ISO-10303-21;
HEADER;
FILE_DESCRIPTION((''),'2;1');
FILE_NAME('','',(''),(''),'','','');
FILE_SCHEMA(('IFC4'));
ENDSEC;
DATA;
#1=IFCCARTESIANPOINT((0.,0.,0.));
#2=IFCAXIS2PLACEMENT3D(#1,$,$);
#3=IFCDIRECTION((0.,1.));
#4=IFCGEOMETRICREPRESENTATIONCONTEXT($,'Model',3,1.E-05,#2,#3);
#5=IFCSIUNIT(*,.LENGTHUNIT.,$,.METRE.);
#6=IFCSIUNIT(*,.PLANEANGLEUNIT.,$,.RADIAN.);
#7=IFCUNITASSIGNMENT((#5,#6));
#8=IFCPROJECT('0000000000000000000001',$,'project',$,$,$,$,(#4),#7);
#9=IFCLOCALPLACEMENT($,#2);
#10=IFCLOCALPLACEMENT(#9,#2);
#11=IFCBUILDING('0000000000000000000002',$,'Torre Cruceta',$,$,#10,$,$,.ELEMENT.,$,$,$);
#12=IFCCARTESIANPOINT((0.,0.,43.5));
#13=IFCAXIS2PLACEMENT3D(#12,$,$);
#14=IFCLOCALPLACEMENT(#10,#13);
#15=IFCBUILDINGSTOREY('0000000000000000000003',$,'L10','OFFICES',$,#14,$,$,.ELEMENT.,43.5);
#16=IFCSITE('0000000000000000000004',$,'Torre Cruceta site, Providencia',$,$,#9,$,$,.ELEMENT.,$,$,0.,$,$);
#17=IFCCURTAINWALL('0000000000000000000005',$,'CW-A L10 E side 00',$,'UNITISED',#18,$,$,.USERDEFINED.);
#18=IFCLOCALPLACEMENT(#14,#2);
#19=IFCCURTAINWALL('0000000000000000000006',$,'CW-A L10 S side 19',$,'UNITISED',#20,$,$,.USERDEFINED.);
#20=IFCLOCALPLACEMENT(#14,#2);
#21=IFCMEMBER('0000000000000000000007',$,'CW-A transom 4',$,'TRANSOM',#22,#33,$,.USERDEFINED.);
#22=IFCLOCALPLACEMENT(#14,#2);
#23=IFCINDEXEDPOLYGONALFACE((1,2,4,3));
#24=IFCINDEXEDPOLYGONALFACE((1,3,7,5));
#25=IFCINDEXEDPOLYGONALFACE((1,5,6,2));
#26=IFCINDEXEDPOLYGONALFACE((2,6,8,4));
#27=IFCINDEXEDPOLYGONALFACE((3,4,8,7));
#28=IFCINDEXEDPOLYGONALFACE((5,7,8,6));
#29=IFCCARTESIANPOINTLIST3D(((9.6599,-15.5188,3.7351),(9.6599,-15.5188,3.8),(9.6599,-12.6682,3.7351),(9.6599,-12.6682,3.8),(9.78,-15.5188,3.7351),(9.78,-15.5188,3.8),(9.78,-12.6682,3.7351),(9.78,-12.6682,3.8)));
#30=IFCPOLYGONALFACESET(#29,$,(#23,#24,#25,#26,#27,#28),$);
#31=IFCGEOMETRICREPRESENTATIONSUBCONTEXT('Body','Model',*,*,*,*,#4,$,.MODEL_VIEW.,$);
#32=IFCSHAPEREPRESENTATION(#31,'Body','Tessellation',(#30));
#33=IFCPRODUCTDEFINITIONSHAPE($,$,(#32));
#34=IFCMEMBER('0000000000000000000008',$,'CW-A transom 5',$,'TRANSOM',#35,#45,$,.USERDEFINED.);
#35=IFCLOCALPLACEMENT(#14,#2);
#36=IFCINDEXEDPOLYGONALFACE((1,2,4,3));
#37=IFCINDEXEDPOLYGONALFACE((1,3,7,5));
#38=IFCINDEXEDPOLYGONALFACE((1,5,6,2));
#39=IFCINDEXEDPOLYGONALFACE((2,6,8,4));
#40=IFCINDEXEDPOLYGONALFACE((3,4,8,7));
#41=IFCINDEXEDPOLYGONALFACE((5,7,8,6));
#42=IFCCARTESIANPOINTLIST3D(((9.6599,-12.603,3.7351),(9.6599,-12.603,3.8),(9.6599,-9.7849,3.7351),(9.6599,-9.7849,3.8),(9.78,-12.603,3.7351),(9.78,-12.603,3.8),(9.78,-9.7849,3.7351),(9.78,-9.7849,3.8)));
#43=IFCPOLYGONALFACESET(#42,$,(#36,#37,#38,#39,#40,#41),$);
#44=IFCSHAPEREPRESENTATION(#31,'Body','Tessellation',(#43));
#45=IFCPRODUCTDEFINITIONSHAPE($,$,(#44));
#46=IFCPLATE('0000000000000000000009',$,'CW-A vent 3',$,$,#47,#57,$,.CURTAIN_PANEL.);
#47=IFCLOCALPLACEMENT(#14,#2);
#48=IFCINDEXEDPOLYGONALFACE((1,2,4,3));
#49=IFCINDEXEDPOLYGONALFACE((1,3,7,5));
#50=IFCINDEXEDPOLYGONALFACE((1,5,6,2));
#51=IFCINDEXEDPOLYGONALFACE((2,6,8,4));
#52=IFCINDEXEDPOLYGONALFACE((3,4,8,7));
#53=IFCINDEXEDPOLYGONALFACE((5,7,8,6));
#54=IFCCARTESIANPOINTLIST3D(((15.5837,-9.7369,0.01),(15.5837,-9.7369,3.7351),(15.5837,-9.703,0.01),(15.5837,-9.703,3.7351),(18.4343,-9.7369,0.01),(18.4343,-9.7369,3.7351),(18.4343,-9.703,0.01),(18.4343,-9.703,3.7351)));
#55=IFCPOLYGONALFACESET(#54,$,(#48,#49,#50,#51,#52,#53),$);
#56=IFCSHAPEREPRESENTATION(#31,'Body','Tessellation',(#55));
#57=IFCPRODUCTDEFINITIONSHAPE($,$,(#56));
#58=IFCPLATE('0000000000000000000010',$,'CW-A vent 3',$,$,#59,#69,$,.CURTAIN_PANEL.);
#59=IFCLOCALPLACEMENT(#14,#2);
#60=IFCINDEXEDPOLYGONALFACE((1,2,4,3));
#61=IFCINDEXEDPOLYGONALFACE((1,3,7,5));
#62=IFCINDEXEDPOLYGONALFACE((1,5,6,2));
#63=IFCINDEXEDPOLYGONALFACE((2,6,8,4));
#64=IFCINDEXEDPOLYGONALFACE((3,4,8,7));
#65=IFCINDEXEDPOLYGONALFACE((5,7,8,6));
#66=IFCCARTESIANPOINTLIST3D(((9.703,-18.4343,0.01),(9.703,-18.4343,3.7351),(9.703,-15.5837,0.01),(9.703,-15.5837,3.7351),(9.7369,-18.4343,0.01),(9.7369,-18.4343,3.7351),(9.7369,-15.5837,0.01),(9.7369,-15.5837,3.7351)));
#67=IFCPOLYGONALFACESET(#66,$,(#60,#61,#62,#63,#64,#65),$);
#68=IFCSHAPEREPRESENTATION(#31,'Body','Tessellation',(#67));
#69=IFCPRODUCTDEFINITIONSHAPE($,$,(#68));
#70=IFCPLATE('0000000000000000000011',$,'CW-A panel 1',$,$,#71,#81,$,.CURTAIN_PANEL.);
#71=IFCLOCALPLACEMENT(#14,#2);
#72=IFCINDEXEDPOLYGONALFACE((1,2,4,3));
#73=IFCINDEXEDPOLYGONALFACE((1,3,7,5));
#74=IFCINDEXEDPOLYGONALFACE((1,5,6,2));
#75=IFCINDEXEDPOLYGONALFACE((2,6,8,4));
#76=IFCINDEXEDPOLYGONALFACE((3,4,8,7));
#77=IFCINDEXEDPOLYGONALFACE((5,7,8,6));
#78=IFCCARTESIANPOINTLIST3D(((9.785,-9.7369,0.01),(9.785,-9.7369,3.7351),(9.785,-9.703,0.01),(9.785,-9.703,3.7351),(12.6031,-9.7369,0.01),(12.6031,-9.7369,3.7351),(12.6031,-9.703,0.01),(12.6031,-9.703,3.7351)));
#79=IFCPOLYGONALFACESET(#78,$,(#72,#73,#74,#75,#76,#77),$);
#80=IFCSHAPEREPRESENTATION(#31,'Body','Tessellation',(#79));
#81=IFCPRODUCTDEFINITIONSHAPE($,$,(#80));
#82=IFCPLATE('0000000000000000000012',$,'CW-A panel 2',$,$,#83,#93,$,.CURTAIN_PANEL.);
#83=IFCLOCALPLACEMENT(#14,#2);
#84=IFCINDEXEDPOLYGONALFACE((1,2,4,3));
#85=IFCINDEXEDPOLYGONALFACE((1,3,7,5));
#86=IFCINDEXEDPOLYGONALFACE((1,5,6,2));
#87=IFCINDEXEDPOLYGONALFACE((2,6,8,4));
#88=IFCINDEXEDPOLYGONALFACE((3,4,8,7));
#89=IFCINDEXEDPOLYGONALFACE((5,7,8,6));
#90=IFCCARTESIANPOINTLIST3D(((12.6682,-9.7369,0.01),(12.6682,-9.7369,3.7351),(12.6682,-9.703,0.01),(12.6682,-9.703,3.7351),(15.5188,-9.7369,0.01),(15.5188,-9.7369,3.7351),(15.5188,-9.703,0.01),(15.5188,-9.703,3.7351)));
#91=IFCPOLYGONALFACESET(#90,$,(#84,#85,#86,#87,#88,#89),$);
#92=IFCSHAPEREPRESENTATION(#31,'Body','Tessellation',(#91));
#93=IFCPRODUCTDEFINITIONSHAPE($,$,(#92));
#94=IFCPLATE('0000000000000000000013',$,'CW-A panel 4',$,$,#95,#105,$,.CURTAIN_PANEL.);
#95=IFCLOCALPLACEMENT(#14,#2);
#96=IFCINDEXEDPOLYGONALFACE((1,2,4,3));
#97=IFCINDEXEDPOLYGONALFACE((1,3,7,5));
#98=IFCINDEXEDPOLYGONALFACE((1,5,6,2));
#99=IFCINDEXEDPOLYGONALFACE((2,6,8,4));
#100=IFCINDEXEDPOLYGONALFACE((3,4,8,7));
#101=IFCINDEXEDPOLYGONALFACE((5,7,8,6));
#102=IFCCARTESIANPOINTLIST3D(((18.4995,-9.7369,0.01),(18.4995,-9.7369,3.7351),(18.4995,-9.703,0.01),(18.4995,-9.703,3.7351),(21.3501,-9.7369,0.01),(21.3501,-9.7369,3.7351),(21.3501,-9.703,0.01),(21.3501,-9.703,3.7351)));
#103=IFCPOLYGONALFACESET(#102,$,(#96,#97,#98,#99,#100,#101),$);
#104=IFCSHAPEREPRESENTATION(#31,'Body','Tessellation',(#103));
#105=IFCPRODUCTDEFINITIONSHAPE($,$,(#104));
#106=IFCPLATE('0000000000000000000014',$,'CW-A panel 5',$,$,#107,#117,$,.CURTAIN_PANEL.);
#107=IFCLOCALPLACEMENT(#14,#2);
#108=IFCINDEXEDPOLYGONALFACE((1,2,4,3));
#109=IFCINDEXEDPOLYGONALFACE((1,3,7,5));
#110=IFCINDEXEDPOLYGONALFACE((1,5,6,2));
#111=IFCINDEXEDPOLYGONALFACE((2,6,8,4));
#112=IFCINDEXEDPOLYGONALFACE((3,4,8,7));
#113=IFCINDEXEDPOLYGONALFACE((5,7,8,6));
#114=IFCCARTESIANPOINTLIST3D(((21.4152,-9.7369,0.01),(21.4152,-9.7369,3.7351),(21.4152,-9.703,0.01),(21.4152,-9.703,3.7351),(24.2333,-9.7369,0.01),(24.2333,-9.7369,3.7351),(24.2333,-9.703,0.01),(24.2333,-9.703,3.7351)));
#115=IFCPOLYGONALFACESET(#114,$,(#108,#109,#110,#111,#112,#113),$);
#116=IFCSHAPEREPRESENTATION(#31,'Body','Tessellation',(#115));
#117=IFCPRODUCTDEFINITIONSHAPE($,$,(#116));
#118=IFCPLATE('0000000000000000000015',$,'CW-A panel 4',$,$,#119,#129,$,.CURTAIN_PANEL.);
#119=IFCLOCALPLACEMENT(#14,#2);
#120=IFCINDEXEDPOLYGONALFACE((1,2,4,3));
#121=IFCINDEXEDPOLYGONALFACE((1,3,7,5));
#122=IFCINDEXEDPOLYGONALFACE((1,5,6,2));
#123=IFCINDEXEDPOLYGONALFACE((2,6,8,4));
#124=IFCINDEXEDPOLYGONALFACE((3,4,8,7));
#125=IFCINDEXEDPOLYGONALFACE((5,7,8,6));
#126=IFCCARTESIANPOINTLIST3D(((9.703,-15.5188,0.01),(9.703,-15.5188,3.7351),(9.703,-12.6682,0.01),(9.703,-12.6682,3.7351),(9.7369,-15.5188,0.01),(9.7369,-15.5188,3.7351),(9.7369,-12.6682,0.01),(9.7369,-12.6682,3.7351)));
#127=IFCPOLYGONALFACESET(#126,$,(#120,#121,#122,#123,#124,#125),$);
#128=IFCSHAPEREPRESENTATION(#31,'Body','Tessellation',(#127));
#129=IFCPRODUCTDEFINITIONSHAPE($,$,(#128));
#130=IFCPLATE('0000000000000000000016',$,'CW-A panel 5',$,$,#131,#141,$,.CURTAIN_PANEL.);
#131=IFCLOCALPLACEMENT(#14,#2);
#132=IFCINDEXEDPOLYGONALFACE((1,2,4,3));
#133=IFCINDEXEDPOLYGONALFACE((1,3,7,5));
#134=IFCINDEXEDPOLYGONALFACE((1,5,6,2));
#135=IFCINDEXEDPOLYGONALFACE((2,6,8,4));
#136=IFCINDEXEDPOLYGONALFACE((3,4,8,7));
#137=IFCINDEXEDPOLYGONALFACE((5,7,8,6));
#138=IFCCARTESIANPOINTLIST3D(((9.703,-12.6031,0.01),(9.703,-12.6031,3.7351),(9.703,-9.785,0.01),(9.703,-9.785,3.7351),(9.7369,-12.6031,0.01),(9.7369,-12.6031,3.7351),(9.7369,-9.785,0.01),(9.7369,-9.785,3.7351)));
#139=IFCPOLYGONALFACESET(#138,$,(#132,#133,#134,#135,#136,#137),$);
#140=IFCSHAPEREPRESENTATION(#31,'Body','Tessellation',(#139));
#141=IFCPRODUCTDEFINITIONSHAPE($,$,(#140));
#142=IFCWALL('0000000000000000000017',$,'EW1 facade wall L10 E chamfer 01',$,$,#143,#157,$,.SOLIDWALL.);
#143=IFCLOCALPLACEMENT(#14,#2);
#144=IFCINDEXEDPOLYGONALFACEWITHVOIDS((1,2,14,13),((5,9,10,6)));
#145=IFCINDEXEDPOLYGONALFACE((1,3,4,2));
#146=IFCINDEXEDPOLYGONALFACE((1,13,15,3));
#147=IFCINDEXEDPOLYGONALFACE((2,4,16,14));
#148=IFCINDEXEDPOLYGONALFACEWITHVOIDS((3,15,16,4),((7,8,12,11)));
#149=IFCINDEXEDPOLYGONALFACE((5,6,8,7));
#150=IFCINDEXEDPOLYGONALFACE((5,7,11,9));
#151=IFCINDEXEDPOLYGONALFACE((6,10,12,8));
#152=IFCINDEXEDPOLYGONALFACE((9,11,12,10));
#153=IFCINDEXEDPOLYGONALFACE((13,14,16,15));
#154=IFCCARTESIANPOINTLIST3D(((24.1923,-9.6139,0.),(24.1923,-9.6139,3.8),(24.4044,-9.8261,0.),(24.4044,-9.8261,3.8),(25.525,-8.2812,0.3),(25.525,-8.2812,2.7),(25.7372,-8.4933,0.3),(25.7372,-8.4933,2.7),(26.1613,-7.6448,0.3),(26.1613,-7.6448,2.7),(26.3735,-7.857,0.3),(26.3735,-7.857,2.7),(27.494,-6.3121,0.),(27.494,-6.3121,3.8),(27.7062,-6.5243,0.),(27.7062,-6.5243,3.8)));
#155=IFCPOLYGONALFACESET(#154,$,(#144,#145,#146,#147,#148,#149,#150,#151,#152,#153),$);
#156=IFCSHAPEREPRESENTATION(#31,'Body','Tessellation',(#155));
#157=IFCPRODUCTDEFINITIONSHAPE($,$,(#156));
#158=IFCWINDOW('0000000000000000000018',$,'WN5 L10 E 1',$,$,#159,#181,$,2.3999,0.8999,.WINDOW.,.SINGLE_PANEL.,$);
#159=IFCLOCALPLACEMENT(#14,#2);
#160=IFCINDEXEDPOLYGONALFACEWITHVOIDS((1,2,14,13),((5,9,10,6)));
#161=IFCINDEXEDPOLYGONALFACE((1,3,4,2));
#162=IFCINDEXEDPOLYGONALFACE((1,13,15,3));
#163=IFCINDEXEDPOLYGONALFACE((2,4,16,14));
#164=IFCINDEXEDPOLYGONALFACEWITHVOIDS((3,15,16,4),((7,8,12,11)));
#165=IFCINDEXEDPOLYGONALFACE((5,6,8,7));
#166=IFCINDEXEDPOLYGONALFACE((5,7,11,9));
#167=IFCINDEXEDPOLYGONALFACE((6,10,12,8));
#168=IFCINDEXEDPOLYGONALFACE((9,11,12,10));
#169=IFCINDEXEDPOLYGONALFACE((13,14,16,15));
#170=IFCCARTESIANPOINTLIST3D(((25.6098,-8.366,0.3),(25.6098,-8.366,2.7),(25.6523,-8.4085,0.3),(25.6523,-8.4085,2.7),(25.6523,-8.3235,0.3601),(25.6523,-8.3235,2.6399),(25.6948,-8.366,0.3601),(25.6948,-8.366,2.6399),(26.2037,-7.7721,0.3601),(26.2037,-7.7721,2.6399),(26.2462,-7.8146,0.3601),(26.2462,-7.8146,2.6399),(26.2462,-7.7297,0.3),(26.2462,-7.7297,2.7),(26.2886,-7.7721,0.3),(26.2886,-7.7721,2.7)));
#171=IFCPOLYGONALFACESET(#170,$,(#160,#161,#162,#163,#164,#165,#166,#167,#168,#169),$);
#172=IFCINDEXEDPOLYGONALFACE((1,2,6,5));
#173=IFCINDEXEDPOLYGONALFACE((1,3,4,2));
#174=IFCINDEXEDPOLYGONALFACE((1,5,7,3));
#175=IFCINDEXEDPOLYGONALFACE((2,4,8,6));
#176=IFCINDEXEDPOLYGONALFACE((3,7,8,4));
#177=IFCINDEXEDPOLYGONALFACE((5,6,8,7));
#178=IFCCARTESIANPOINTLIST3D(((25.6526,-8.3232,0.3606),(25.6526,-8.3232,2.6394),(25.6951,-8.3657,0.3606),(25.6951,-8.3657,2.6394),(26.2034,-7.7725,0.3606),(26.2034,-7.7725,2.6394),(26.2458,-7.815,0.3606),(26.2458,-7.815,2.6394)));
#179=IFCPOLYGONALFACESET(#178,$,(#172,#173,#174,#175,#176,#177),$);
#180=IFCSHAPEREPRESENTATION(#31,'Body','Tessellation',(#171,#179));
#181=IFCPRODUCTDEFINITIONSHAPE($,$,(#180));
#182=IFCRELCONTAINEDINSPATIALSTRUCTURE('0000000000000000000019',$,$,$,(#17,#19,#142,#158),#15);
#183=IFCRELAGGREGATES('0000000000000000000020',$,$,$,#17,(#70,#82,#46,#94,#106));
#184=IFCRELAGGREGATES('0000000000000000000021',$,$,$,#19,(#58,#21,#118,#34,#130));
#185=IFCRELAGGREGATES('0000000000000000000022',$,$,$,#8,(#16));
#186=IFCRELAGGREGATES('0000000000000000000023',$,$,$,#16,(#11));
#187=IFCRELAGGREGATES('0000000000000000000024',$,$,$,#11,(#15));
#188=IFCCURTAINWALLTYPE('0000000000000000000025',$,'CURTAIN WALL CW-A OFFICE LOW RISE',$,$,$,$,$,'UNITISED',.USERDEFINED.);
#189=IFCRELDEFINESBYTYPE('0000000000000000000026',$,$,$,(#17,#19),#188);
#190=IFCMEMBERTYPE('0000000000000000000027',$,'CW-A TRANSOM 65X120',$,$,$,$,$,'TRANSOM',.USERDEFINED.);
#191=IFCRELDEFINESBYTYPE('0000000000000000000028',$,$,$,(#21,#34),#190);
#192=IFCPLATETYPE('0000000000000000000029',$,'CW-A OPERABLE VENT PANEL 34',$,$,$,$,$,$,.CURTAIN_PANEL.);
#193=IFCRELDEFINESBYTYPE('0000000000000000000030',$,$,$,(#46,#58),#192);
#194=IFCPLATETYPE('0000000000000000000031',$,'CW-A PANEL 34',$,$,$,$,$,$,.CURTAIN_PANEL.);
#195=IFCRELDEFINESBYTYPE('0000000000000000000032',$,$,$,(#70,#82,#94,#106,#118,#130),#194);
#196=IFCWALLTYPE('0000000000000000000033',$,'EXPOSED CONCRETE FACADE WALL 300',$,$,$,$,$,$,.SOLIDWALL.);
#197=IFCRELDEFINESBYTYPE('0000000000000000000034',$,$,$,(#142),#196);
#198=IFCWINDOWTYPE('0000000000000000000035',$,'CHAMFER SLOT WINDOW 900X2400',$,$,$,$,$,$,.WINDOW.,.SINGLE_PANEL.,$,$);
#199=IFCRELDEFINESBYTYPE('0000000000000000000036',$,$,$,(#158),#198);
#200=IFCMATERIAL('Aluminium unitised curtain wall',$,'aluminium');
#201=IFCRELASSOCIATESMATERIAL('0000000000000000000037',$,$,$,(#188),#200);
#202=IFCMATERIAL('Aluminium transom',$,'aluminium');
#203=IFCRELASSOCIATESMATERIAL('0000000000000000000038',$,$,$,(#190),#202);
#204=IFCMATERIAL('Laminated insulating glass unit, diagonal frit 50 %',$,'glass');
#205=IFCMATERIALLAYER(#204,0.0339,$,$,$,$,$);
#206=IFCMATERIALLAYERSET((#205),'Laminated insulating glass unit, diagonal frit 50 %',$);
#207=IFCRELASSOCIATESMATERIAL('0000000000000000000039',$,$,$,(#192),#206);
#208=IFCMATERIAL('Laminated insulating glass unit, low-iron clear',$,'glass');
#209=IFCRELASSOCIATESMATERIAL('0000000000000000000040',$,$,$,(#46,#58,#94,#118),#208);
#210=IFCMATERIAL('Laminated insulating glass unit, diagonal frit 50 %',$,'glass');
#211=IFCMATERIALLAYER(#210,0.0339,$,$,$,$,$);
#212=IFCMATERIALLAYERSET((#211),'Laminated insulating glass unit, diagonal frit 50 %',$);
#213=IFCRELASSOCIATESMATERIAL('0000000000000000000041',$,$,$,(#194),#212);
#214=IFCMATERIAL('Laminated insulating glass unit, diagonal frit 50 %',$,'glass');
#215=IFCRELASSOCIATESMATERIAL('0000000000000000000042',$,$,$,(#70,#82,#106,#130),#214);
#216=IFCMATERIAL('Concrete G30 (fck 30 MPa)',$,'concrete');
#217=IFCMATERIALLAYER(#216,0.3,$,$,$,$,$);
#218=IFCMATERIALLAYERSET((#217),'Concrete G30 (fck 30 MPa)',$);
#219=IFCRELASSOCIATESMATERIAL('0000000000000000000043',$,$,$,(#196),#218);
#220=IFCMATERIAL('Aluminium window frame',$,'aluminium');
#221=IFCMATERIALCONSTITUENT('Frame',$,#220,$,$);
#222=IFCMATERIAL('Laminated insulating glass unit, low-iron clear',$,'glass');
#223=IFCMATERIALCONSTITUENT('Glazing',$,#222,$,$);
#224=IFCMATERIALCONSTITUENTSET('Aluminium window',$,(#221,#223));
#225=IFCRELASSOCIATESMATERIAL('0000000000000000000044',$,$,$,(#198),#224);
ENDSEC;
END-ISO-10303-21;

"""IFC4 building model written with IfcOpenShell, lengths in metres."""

from ifc_helpers import new_model, si_unit, direction, frame, frame_2d, origin, origin_2d, place, context, subcontext, project, spatial, rectangle, hollow_rectangle, extrude, material, layer, layer_set, constituent, constituent_set, material_profile, profile_set, type_object, element, fill, aggregate, save


model = new_model("IFC4")

# Units and contexts
model_context = context("Model", 3, precision=1e-05, world=origin(), true_north=direction((0.0, 1.0)))
body_context = subcontext(model_context, "Body", "Model", "MODEL_VIEW")
ifc_project = project(units=[si_unit("LENGTHUNIT", "METRE"), si_unit("PLANEANGLEUNIT", "RADIAN")], contexts=[model_context])

# Site, building, storey
site_placement = place(None, origin())
site = spatial("IfcSite", under=ifc_project, at=site_placement, Name="Torre Cruceta site, Providencia", CompositionType="ELEMENT", RefElevation=0.0)
building_placement = place(site_placement, origin())
building = spatial("IfcBuilding", under=site, at=building_placement, Name="Torre Cruceta", CompositionType="ELEMENT")
storey_placement = place(building_placement, frame((0.0, 0.0, 43.5)))
storey = spatial("IfcBuildingStorey", under=building, at=storey_placement, Name="L10", Description="OFFICES", CompositionType="ELEMENT", Elevation=43.5)

# Curtain walls
ifc_material_1 = material(Name="Aluminium unitised curtain wall", Category="aluminium")
curtain_wall_type = type_object("IfcCurtainWallType", Name="CURTAIN WALL CW-A OFFICE LOW RISE", ElementType="UNITISED", PredefinedType="USERDEFINED", material=ifc_material_1)
curtain_wall_1_placement = place(storey_placement, origin())
curtain_wall_1 = element("IfcCurtainWall", 1, at=curtain_wall_1_placement, inside=storey, type_object=curtain_wall_type, Name="CW-A L10 E side 00", ObjectType="UNITISED", PredefinedType="USERDEFINED")
curtain_wall_2_placement = place(storey_placement, origin())
curtain_wall_2 = element("IfcCurtainWall", 2, at=curtain_wall_2_placement, inside=storey, type_object=curtain_wall_type, Name="CW-A L10 S side 19", ObjectType="UNITISED", PredefinedType="USERDEFINED")

# Members
ifc_material_2 = material(Name="Aluminium transom", Category="aluminium")
ifc_material_profile_1 = material_profile(ifc_material_2, rectangle(XDim=0.1201, YDim=0.0649, at=origin_2d()), Name="AL 120X65")
ifc_profile_set_1 = profile_set([ifc_material_profile_1], Name="Aluminium transom")
member_type_1 = type_object("IfcMemberType", Name="CW-A TRANSOM 65X120", ElementType="TRANSOM", PredefinedType="USERDEFINED", material=ifc_profile_set_1)
member_1_placement = place(storey_placement, frame((9.72, -15.5188, 3.7676), z_axis=(0.0, 1.0, 0.0), x_axis=(-1.0, 0.0, 0.0)))
member_1 = element("IfcMember", 3, at=member_1_placement, type_object=member_type_1, Name="CW-A transom 4", ObjectType="TRANSOM", PredefinedType="USERDEFINED", context=body_context, shape_type="SweptSolid", body=[
    extrude(rectangle(XDim=0.1201, YDim=0.0649, at=origin_2d()), origin(), (0.0, 0.0, 1.0), 2.8506),
])
member_2_placement = place(storey_placement, frame((9.72, -12.603, 3.7676), z_axis=(0.0, 1.0, 0.0), x_axis=(-1.0, 0.0, 0.0)))
member_2 = element("IfcMember", 4, at=member_2_placement, type_object=member_type_1, Name="CW-A transom 5", ObjectType="TRANSOM", PredefinedType="USERDEFINED", context=body_context, shape_type="SweptSolid", body=[
    extrude(rectangle(XDim=0.1201, YDim=0.0649, at=origin_2d()), origin(), (0.0, 0.0, 1.0), 2.8181),
])

# Plates
ifc_material_3 = material(Name="Laminated insulating glass unit, low-iron clear", Category="glass")
ifc_material_4 = material(Name="Laminated insulating glass unit, diagonal frit 50 %", Category="glass")
ifc_layer_1 = layer(ifc_material_4, 0.0339)
ifc_layer_set_1 = layer_set([ifc_layer_1], Name="Laminated insulating glass unit, diagonal frit 50 %")
plate_type_1 = type_object("IfcPlateType", Name="CW-A OPERABLE VENT PANEL 34", PredefinedType="CURTAIN_PANEL", material=ifc_layer_set_1)
plate_1_placement = place(storey_placement, frame((17.009, -9.72, 0.01), z_axis=(0.0, 0.0, 1.0), x_axis=(1.0, 0.0, 0.0)))
plate_1 = element("IfcPlate", 5, at=plate_1_placement, type_object=plate_type_1, material=ifc_material_3, Name="CW-A vent 3", PredefinedType="CURTAIN_PANEL", context=body_context, shape_type="SweptSolid", body=[
    extrude(rectangle(XDim=2.8506, YDim=0.0339, at=origin_2d()), origin(), (0.0, 0.0, 1.0), 3.7251),
])
plate_2_placement = place(storey_placement, frame((9.72, -17.009, 0.01), z_axis=(0.0, 0.0, 1.0), x_axis=(0.0, 1.0, 0.0)))
plate_2 = element("IfcPlate", 6, at=plate_2_placement, type_object=plate_type_1, material=ifc_material_3, Name="CW-A vent 3", PredefinedType="CURTAIN_PANEL", context=body_context, shape_type="SweptSolid", body=[
    extrude(rectangle(XDim=2.8506, YDim=0.0339, at=origin_2d()), origin(), (0.0, 0.0, 1.0), 3.7251),
])
ifc_material_5 = material(Name="Laminated insulating glass unit, diagonal frit 50 %", Category="glass")
ifc_material_6 = material(Name="Laminated insulating glass unit, diagonal frit 50 %", Category="glass")
ifc_layer_2 = layer(ifc_material_6, 0.0339)
ifc_layer_set_2 = layer_set([ifc_layer_2], Name="Laminated insulating glass unit, diagonal frit 50 %")
plate_type_2 = type_object("IfcPlateType", Name="CW-A PANEL 34", PredefinedType="CURTAIN_PANEL", material=ifc_layer_set_2)
plate_3_placement = place(storey_placement, frame((11.1941, -9.72, 0.01), z_axis=(0.0, 0.0, 1.0), x_axis=(1.0, 0.0, 0.0)))
plate_3 = element("IfcPlate", 7, at=plate_3_placement, type_object=plate_type_2, material=ifc_material_5, Name="CW-A panel 1", PredefinedType="CURTAIN_PANEL", context=body_context, shape_type="SweptSolid", body=[
    extrude(rectangle(XDim=2.8181, YDim=0.0339, at=origin_2d()), origin(), (0.0, 0.0, 1.0), 3.7251),
])
plate_4_placement = place(storey_placement, frame((14.0935, -9.72, 0.01), z_axis=(0.0, 0.0, 1.0), x_axis=(1.0, 0.0, 0.0)))
plate_4 = element("IfcPlate", 8, at=plate_4_placement, type_object=plate_type_2, material=ifc_material_5, Name="CW-A panel 2", PredefinedType="CURTAIN_PANEL", context=body_context, shape_type="SweptSolid", body=[
    extrude(rectangle(XDim=2.8506, YDim=0.0339, at=origin_2d()), origin(), (0.0, 0.0, 1.0), 3.7251),
])
plate_5_placement = place(storey_placement, frame((19.9248, -9.72, 0.01), z_axis=(0.0, 0.0, 1.0), x_axis=(1.0, 0.0, 0.0)))
plate_5 = element("IfcPlate", 9, at=plate_5_placement, type_object=plate_type_2, material=ifc_material_3, Name="CW-A panel 4", PredefinedType="CURTAIN_PANEL", context=body_context, shape_type="SweptSolid", body=[
    extrude(rectangle(XDim=2.8506, YDim=0.0339, at=origin_2d()), origin(), (0.0, 0.0, 1.0), 3.7251),
])
plate_6_placement = place(storey_placement, frame((22.8242, -9.72, 0.01), z_axis=(0.0, 0.0, 1.0), x_axis=(1.0, 0.0, 0.0)))
plate_6 = element("IfcPlate", 10, at=plate_6_placement, type_object=plate_type_2, material=ifc_material_5, Name="CW-A panel 5", PredefinedType="CURTAIN_PANEL", context=body_context, shape_type="SweptSolid", body=[
    extrude(rectangle(XDim=2.8181, YDim=0.0339, at=origin_2d()), origin(), (0.0, 0.0, 1.0), 3.7251),
])
aggregate(curtain_wall_1, [plate_3, plate_4, plate_1, plate_5, plate_6])
plate_7_placement = place(storey_placement, frame((9.72, -14.0935, 0.01), z_axis=(0.0, 0.0, 1.0), x_axis=(0.0, 1.0, 0.0)))
plate_7 = element("IfcPlate", 11, at=plate_7_placement, type_object=plate_type_2, material=ifc_material_3, Name="CW-A panel 4", PredefinedType="CURTAIN_PANEL", context=body_context, shape_type="SweptSolid", body=[
    extrude(rectangle(XDim=2.8506, YDim=0.0339, at=origin_2d()), origin(), (0.0, 0.0, 1.0), 3.7251),
])
plate_8_placement = place(storey_placement, frame((9.72, -11.1941, 0.01), z_axis=(0.0, 0.0, 1.0), x_axis=(0.0, 1.0, 0.0)))
plate_8 = element("IfcPlate", 12, at=plate_8_placement, type_object=plate_type_2, material=ifc_material_5, Name="CW-A panel 5", PredefinedType="CURTAIN_PANEL", context=body_context, shape_type="SweptSolid", body=[
    extrude(rectangle(XDim=2.8181, YDim=0.0339, at=origin_2d()), origin(), (0.0, 0.0, 1.0), 3.7251),
])
aggregate(curtain_wall_2, [plate_2, member_1, plate_7, member_2, plate_8])

# Wall, opening, window
ifc_material_7 = material(Name="Concrete G30 (fck 30 MPa)", Category="concrete")
ifc_layer_3 = layer(ifc_material_7, 0.3)
ifc_layer_set_3 = layer_set([ifc_layer_3], Name="Concrete G30 (fck 30 MPa)")
wall_type_1 = type_object("IfcWallType", Name="EXPOSED CONCRETE FACADE WALL 300", PredefinedType="SOLIDWALL", material=ifc_layer_set_3)
wall_1_placement = place(storey_placement, frame((24.2983, -9.72, 0.0), z_axis=(0.0, 0.0, 1.0), x_axis=(0.707107, 0.707107, 0.0)))
wall_1 = element("IfcWall", 13, at=wall_1_placement, inside=storey, type_object=wall_type_1, Name="EW1 facade wall L10 E chamfer 01", PredefinedType="SOLIDWALL", context=body_context, shape_type="SweptSolid", body=[
    extrude(rectangle(XDim=4.6694, YDim=0.3, at=frame_2d((2.3347, 0.0))), origin(), (0.0, 0.0, 1.0), 3.8),
])
opening_1_placement = place(wall_1_placement, frame((1.8848, 0.0, 0.3)))
opening_1 = element("IfcOpeningElement", 14, at=opening_1_placement, cuts=wall_1, PredefinedType="OPENING", context=body_context, shape_type="SweptSolid", body=[
    extrude(rectangle(XDim=0.8999, YDim=2.3999, at=frame_2d((0.45, 1.2))), frame((0.0, 0.1599, 0.0), z_axis=(0.0, -1.0, 0.0), x_axis=(1.0, 0.0, 0.0)), (0.0, 0.0, 1.0), 0.3201),
])
ifc_material_8 = material(Name="Aluminium window frame", Category="aluminium")
ifc_constituent_1 = constituent(ifc_material_8, Name="Frame")
ifc_material_9 = material(Name="Laminated insulating glass unit, low-iron clear", Category="glass")
ifc_constituent_2 = constituent(ifc_material_9, Name="Glazing")
ifc_constituent_set_1 = constituent_set(constituents=[ifc_constituent_1, ifc_constituent_2], Name="Aluminium window")
window_type = type_object("IfcWindowType", Name="CHAMFER SLOT WINDOW 900X2400", PartitioningType="SINGLE_PANEL", PredefinedType="WINDOW", material=ifc_constituent_set_1)
window_placement = place(opening_1_placement, origin())
window = element("IfcWindow", 15, at=window_placement, inside=storey, type_object=window_type, Name="WN5 L10 E 1", OverallHeight=2.3999, OverallWidth=0.8999, PartitioningType="SINGLE_PANEL", PredefinedType="WINDOW", context=body_context, shape_type="SweptSolid", body=[
    extrude(hollow_rectangle(XDim=0.8999, YDim=2.3999, WallThickness=0.0601, at=frame_2d((0.45, 1.2))), frame((0.0, 0.03, 0.0), z_axis=(0.0, -1.0, 0.0), x_axis=(1.0, 0.0, 0.0)), (0.0, 0.0, 1.0), 0.0601),
    extrude(rectangle(XDim=0.7788, YDim=2.2788, at=frame_2d((0.45, 1.2))), frame((0.0, 0.03, 0.0), z_axis=(0.0, -1.0, 0.0), x_axis=(1.0, 0.0, 0.0)), (0.0, 0.0, 1.0), 0.0601),
])
fill(opening_1, window)

save(model, "model.ifc")
